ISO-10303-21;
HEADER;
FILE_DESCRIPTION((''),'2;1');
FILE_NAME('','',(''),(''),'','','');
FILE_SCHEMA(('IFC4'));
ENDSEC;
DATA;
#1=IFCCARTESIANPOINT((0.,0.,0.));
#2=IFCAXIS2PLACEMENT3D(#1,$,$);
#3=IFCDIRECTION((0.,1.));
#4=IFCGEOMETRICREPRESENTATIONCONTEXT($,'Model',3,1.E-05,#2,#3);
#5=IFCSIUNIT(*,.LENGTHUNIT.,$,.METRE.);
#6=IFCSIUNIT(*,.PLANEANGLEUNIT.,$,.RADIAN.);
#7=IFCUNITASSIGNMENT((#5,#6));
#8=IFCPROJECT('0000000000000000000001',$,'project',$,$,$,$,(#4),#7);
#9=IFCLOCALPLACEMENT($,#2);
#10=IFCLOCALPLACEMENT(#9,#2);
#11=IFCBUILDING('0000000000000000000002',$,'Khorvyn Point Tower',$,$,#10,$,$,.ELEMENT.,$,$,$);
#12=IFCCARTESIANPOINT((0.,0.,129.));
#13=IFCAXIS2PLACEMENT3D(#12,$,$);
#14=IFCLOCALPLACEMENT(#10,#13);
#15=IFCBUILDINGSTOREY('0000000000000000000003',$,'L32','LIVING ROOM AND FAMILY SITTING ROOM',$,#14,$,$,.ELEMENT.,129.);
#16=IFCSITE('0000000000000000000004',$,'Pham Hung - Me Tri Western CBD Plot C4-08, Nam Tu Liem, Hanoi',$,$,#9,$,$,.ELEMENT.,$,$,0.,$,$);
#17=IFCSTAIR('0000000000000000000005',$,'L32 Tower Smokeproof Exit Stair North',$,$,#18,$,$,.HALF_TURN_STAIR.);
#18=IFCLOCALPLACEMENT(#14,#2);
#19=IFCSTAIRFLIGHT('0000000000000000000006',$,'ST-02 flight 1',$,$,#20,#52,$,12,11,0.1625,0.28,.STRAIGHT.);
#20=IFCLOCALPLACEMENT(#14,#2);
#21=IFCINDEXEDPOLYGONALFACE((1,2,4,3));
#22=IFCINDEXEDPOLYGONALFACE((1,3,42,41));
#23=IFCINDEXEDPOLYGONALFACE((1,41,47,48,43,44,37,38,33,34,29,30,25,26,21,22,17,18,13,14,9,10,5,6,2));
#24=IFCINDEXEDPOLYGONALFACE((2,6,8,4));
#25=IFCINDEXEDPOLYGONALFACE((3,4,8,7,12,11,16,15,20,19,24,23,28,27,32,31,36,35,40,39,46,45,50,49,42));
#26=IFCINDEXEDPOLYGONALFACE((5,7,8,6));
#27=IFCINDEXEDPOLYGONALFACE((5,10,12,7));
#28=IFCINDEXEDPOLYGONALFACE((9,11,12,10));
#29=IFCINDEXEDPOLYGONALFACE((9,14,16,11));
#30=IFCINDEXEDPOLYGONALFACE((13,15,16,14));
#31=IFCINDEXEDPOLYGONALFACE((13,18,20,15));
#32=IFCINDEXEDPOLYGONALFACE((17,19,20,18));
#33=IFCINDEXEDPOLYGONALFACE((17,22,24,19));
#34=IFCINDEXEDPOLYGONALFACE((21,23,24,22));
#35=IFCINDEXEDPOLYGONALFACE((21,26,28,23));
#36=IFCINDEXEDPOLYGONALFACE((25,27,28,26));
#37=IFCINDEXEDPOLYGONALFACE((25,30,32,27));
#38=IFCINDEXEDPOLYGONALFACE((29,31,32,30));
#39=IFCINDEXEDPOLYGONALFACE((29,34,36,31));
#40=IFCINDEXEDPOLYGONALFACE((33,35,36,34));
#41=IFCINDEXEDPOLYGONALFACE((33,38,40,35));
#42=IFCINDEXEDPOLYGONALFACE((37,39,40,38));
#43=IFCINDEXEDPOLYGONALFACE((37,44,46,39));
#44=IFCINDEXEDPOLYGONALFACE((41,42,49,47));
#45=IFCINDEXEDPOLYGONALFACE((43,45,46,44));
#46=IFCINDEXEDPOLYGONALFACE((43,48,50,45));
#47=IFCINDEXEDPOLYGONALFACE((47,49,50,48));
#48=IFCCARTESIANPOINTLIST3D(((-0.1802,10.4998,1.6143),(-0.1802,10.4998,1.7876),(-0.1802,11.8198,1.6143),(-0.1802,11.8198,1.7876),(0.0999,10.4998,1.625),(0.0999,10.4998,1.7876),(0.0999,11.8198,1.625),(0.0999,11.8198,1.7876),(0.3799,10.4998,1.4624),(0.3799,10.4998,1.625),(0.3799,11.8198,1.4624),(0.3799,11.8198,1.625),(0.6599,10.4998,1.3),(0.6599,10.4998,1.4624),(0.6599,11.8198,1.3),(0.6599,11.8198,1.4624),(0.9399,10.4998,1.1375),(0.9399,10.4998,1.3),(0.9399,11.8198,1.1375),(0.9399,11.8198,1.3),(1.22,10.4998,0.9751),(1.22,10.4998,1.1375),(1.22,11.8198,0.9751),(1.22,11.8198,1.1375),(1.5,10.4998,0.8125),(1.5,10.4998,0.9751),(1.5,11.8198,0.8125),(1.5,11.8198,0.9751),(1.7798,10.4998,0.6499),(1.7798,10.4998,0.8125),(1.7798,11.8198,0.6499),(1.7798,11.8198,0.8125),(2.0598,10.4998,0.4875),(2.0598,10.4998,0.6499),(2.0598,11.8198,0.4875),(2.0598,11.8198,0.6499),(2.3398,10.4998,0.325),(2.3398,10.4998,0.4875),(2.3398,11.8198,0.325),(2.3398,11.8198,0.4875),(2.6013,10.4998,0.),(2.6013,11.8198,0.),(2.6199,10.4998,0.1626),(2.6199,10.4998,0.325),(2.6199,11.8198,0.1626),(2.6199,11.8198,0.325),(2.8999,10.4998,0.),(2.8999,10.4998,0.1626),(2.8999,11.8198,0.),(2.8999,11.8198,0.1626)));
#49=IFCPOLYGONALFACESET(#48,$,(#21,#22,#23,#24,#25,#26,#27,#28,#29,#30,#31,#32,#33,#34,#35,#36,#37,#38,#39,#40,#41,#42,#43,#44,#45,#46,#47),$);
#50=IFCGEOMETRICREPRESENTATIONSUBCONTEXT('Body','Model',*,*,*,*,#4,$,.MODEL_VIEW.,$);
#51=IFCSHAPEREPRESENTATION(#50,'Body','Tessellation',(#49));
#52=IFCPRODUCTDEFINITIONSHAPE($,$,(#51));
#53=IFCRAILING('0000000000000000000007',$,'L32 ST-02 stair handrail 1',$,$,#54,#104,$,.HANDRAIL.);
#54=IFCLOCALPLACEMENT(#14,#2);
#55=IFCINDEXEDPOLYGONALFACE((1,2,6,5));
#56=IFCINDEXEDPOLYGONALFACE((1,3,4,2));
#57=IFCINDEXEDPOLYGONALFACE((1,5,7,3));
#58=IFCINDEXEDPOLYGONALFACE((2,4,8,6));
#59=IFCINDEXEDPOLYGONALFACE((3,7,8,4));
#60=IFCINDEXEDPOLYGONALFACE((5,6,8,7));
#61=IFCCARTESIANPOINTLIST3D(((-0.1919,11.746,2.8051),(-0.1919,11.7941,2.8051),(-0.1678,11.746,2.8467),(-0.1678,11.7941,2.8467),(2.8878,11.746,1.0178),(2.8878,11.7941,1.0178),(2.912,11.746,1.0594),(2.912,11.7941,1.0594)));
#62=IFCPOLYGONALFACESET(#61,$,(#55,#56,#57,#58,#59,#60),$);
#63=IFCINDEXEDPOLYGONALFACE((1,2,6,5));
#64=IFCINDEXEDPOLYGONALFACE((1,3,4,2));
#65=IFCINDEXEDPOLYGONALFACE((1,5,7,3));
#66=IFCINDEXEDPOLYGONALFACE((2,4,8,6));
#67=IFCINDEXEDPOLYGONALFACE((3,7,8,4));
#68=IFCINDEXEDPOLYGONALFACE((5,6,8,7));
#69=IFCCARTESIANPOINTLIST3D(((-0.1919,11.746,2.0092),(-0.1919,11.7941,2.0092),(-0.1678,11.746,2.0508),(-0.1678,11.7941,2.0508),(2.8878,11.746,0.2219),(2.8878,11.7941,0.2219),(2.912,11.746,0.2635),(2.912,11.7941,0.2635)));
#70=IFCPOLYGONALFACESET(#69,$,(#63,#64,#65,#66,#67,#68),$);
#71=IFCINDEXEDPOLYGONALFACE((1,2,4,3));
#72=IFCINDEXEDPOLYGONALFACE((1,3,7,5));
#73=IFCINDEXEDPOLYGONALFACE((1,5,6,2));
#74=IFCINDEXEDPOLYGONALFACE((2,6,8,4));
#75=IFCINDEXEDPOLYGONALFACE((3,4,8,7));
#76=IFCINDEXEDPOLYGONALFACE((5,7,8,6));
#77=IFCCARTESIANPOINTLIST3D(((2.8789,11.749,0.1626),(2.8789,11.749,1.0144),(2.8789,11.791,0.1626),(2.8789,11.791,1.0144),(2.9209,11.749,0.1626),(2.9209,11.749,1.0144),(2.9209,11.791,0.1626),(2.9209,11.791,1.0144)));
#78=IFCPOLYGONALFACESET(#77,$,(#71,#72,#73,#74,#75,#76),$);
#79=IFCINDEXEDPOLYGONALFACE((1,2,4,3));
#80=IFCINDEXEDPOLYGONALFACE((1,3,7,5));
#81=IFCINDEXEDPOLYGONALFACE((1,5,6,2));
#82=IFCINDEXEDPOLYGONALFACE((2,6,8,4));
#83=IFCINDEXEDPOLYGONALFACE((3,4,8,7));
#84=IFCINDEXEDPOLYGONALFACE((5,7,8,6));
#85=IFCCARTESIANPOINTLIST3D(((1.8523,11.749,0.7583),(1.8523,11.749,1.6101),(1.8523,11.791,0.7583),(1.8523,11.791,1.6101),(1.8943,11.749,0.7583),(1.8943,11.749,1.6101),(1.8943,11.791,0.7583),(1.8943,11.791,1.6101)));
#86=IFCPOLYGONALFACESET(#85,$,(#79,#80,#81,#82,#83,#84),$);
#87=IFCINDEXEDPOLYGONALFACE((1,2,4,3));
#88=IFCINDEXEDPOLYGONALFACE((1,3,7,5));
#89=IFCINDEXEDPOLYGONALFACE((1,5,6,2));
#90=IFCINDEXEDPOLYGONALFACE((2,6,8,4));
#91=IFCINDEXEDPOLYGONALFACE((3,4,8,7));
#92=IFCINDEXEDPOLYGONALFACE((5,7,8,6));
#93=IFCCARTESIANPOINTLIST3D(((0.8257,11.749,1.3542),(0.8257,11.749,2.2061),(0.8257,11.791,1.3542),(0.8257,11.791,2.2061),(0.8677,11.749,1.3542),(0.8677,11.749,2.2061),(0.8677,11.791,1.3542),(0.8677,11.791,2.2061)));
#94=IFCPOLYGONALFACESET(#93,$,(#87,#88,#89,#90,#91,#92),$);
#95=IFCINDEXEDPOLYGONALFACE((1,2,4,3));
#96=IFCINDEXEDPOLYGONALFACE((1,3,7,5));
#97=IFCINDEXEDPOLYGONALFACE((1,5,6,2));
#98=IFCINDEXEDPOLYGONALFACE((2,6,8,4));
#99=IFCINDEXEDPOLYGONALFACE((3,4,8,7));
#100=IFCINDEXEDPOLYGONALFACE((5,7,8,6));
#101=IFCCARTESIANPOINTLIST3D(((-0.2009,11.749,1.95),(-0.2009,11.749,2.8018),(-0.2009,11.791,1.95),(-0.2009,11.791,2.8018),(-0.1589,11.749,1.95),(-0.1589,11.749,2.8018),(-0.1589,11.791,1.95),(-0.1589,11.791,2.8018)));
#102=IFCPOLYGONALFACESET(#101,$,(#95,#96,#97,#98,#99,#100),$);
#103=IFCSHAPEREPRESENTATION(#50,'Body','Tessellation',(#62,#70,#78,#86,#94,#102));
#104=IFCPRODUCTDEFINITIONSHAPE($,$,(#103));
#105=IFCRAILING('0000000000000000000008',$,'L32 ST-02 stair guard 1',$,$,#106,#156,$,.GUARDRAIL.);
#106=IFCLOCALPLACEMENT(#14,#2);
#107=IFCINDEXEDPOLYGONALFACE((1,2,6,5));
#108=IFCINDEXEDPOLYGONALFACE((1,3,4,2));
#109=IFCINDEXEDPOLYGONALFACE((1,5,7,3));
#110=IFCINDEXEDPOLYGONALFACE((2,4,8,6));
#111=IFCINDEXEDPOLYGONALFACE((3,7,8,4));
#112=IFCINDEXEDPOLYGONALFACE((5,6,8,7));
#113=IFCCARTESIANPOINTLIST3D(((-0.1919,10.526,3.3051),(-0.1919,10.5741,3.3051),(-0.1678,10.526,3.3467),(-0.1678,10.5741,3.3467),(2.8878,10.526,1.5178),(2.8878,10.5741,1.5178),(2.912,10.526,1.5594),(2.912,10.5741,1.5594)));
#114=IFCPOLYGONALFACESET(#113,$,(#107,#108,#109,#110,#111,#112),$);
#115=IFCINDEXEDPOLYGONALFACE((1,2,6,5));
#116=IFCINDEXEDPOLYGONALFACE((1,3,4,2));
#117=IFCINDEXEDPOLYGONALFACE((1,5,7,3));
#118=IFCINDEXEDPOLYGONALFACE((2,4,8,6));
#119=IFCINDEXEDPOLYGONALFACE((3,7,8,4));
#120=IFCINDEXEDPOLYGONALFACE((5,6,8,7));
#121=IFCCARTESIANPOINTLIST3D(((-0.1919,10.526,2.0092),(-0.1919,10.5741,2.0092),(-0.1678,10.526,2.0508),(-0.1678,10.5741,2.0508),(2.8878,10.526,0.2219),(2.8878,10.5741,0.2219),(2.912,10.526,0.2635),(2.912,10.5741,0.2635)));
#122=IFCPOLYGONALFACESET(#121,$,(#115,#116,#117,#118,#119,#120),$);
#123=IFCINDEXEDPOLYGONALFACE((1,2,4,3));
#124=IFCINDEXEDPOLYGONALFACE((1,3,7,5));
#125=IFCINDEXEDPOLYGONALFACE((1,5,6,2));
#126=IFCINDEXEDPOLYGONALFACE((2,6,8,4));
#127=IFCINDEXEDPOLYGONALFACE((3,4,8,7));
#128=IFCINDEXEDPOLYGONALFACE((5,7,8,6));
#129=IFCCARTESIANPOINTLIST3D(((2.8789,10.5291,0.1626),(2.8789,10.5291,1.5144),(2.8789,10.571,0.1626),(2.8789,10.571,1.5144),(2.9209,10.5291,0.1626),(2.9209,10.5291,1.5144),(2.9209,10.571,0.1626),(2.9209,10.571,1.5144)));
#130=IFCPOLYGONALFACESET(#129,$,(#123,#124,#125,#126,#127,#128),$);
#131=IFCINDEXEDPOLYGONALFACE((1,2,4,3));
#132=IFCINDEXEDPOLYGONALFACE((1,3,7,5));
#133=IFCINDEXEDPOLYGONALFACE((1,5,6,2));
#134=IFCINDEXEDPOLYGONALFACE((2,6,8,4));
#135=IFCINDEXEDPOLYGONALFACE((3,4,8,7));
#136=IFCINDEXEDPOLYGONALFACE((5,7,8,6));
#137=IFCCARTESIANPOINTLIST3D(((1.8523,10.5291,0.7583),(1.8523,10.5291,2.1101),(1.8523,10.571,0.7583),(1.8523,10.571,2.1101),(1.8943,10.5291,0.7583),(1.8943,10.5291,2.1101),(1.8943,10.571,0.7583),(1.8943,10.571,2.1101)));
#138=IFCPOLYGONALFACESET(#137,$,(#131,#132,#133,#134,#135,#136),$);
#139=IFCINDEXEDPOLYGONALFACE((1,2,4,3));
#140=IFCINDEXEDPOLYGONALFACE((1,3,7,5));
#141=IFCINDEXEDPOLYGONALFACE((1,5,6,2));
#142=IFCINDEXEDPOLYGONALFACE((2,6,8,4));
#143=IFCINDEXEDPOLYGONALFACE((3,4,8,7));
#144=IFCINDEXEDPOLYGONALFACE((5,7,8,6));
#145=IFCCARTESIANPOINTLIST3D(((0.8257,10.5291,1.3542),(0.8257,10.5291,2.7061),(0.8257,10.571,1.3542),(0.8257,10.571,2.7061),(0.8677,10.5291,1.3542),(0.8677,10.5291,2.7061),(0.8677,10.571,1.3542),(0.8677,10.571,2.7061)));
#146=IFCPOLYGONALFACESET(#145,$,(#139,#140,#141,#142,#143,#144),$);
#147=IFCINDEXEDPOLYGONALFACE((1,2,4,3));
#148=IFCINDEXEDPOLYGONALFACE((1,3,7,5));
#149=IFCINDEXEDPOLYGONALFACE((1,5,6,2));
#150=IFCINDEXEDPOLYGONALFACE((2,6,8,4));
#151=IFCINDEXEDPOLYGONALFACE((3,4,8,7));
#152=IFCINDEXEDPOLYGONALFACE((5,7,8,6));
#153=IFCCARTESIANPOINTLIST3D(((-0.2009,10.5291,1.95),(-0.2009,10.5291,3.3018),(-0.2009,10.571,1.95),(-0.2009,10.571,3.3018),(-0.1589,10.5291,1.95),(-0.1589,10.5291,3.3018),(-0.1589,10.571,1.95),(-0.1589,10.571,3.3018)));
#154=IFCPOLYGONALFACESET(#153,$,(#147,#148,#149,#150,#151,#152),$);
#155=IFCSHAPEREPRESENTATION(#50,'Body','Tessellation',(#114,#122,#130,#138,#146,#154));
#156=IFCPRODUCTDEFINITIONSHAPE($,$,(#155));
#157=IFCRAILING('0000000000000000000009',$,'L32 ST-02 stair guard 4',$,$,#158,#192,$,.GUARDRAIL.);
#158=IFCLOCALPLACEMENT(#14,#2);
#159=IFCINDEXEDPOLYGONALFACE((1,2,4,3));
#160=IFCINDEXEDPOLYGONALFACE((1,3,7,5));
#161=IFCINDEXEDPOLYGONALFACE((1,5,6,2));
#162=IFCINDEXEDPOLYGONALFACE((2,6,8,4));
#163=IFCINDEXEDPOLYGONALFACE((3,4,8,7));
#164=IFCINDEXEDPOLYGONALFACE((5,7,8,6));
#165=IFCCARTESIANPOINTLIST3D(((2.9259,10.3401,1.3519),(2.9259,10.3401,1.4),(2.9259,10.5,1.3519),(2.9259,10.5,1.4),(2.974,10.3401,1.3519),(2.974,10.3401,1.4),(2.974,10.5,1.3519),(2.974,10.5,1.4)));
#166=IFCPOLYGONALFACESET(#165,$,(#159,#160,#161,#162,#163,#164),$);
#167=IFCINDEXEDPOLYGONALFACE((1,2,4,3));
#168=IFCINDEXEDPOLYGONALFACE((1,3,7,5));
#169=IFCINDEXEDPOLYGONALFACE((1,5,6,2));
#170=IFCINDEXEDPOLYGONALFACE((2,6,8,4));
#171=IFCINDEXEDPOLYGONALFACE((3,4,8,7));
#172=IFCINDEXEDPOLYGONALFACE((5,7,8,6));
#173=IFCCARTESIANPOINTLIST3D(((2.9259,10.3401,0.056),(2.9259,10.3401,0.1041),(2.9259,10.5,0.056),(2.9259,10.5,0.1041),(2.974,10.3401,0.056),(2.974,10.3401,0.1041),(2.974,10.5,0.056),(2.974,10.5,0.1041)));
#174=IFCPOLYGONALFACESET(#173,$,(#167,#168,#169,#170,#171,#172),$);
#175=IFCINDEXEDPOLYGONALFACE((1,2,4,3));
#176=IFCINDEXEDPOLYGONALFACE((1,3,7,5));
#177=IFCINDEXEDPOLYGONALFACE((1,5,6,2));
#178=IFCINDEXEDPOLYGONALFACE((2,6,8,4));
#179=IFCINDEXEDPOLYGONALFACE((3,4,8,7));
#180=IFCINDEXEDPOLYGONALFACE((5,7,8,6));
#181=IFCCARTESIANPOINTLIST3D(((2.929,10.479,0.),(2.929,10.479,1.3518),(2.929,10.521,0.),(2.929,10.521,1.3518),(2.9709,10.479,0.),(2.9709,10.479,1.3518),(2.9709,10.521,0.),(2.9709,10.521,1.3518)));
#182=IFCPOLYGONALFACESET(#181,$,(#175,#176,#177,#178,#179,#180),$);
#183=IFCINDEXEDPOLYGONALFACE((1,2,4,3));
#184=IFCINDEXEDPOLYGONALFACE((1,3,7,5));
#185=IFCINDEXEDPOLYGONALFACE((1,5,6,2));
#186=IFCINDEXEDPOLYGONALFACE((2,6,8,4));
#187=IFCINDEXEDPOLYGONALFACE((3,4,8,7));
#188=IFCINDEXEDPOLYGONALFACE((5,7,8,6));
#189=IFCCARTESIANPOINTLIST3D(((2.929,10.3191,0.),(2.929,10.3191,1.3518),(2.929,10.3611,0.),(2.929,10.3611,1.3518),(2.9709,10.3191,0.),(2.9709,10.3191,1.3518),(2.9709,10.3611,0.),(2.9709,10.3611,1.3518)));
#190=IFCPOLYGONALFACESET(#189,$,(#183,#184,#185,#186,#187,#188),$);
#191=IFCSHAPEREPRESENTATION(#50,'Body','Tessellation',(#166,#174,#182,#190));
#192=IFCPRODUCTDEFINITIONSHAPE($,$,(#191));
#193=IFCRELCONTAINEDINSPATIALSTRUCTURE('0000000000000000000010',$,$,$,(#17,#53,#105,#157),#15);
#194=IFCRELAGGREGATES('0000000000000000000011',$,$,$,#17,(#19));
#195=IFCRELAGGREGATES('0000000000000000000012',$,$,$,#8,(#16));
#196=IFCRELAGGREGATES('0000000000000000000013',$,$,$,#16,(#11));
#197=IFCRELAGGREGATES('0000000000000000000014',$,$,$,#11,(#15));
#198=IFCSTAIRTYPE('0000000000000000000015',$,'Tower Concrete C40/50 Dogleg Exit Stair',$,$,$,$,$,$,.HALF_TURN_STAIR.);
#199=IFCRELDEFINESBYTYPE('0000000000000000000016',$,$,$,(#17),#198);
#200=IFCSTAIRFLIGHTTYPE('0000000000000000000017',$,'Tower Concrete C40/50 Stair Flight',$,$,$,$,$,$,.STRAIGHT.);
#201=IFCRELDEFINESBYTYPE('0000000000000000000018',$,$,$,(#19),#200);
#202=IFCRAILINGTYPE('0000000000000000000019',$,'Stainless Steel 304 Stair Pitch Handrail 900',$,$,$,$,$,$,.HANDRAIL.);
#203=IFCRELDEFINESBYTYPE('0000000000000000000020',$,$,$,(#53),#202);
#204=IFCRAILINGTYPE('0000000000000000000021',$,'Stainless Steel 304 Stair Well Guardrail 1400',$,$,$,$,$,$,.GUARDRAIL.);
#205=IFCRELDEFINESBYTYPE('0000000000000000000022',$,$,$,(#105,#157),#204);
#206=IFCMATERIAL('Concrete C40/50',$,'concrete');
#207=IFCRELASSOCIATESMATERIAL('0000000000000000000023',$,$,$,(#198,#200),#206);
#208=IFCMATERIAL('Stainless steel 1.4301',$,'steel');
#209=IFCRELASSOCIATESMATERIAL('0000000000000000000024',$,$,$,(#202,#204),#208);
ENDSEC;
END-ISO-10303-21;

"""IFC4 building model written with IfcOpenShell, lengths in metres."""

from ifc_helpers import new_model, si_unit, direction, frame, origin, origin_2d, place, context, subcontext, project, spatial, polyline, rectangle, outline, extrude, material, type_object, element, aggregate, save


model = new_model("IFC4")

# Units and contexts
model_context = context("Model", 3, precision=1e-05, world=origin(), true_north=direction((0.0, 1.0)))
body_context = subcontext(model_context, "Body", "Model", "MODEL_VIEW")
ifc_project = project(units=[si_unit("LENGTHUNIT", "METRE"), si_unit("PLANEANGLEUNIT", "RADIAN")], contexts=[model_context])

# Site, building, storey
site_placement = place(None, origin())
site = spatial("IfcSite", under=ifc_project, at=site_placement, Name="Pham Hung - Me Tri Western CBD Plot C4-08, Nam Tu Liem, Hanoi", CompositionType="ELEMENT", RefElevation=0.0)
building_placement = place(site_placement, origin())
building = spatial("IfcBuilding", under=site, at=building_placement, Name="Khorvyn Point Tower", CompositionType="ELEMENT")
storey_placement = place(building_placement, frame((0.0, 0.0, 129.0)))
storey = spatial("IfcBuildingStorey", under=building, at=storey_placement, Name="L32", Description="LIVING ROOM AND FAMILY SITTING ROOM", CompositionType="ELEMENT", Elevation=129.0)

# Shared definitions
ifc_material_1 = material(Name="Concrete C40/50", Category="concrete")

# Shared definitions
ifc_material_2 = material(Name="Stainless steel 1.4301", Category="steel")

# Stair, stair flight
stair_type = type_object("IfcStairType", Name="Tower Concrete C40/50 Dogleg Exit Stair", PredefinedType="HALF_TURN_STAIR", material=ifc_material_1)
stair_placement = place(storey_placement, origin())
stair = element("IfcStair", 1, at=stair_placement, inside=storey, type_object=stair_type, Name="L32 Tower Smokeproof Exit Stair North", PredefinedType="HALF_TURN_STAIR")
stair_flight_type = type_object("IfcStairFlightType", Name="Tower Concrete C40/50 Stair Flight", PredefinedType="STRAIGHT", material=ifc_material_1)
stair_flight_placement = place(storey_placement, frame((2.8999, 11.1599, 0.0), z_axis=(0.0, 0.0, 1.0), x_axis=(-1.0, 0.0, 0.0)))
stair_flight = element("IfcStairFlight", 2, at=stair_flight_placement, type_object=stair_flight_type, Name="ST-02 flight 1", NumberOfRisers=12, NumberOfTreads=11, PredefinedType="STRAIGHT", RiserHeight=0.1625, TreadLength=0.28, context=body_context, shape_type="SweptSolid", body=[
    extrude(outline(polyline([(0.0, 0.0), (0.0, 0.1626), (0.28, 0.1626), (0.28, 0.325), (0.5601, 0.325), (0.5601, 0.4875), (0.8401, 0.4875), (0.8401, 0.6499), (1.1201, 0.6499), (1.1201, 0.8125), (1.3999, 0.8125), (1.3999, 0.9751), (1.6799, 0.9751), (1.6799, 1.1375), (1.96, 1.1375), (1.96, 1.3), (2.24, 1.3), (2.24, 1.4624), (2.52, 1.4624), (2.52, 1.625), (2.8, 1.625), (2.8, 1.7876), (3.0801, 1.7876), (3.0801, 1.95), (3.0801, 1.6143), (0.2986, 0.0), (0.0, 0.0)])), frame((0.0, 0.6602, 0.0), z_axis=(0.0, -1.0, 0.0), x_axis=(1.0, 0.0, 0.0)), (0.0, 0.0, 1.0), 1.3201),
])
aggregate(stair, [stair_flight])

# Railings
railing_type_1 = type_object("IfcRailingType", Name="Stainless Steel 304 Stair Pitch Handrail 900", PredefinedType="HANDRAIL", material=ifc_material_2)
railing_1_placement = place(storey_placement, frame((2.8999, 11.77, 0.1626)))
element("IfcRailing", 3, at=railing_1_placement, inside=storey, type_object=railing_type_1, Name="L32 ST-02 stair handrail 1", PredefinedType="HANDRAIL", context=body_context, shape_type="SweptSolid", body=[
    extrude(rectangle(XDim=0.0481, YDim=0.0481, at=origin_2d()), frame((0.0, 0.0, 0.876), z_axis=(-0.864903, 0.0, 0.501939), x_axis=(0.0, -1.0, 0.0)), (0.0, 0.0, 1.0), 3.5608),
    extrude(rectangle(XDim=0.0481, YDim=0.0481, at=origin_2d()), frame((0.0, 0.0, 0.0801), z_axis=(-0.864903, 0.0, 0.501939), x_axis=(0.0, -1.0, 0.0)), (0.0, 0.0, 1.0), 3.5608),
    extrude(rectangle(XDim=0.042, YDim=0.042, at=origin_2d()), origin(), (0.0, 0.0, 1.0), 0.8518),
    extrude(rectangle(XDim=0.042, YDim=0.042, at=origin_2d()), frame((-1.0266, 0.0, 0.5957)), (0.0, 0.0, 1.0), 0.8518),
    extrude(rectangle(XDim=0.042, YDim=0.042, at=origin_2d()), frame((-2.0532, 0.0, 1.1917)), (0.0, 0.0, 1.0), 0.8518),
    extrude(rectangle(XDim=0.042, YDim=0.042, at=origin_2d()), frame((-3.0798, 0.0, 1.7874)), (0.0, 0.0, 1.0), 0.8518),
])
railing_type_2 = type_object("IfcRailingType", Name="Stainless Steel 304 Stair Well Guardrail 1400", PredefinedType="GUARDRAIL", material=ifc_material_2)
railing_2_placement = place(storey_placement, frame((2.8999, 10.55, 0.1626)))
element("IfcRailing", 4, at=railing_2_placement, inside=storey, type_object=railing_type_2, Name="L32 ST-02 stair guard 1", PredefinedType="GUARDRAIL", context=body_context, shape_type="SweptSolid", body=[
    extrude(rectangle(XDim=0.0481, YDim=0.0481, at=origin_2d()), frame((0.0, 0.0, 1.376), z_axis=(-0.864903, 0.0, 0.501939), x_axis=(0.0, -1.0, 0.0)), (0.0, 0.0, 1.0), 3.5608),
    extrude(rectangle(XDim=0.0481, YDim=0.0481, at=origin_2d()), frame((0.0, 0.0, 0.0801), z_axis=(-0.864903, 0.0, 0.501939), x_axis=(0.0, -1.0, 0.0)), (0.0, 0.0, 1.0), 3.5608),
    extrude(rectangle(XDim=0.042, YDim=0.042, at=origin_2d()), origin(), (0.0, 0.0, 1.0), 1.3518),
    extrude(rectangle(XDim=0.042, YDim=0.042, at=origin_2d()), frame((-1.0266, 0.0, 0.5957)), (0.0, 0.0, 1.0), 1.3518),
    extrude(rectangle(XDim=0.042, YDim=0.042, at=origin_2d()), frame((-2.0532, 0.0, 1.1917)), (0.0, 0.0, 1.0), 1.3518),
    extrude(rectangle(XDim=0.042, YDim=0.042, at=origin_2d()), frame((-3.0798, 0.0, 1.7874)), (0.0, 0.0, 1.0), 1.3518),
])
railing_3_placement = place(storey_placement, frame((2.95, 10.5, 0.0)))
element("IfcRailing", 5, at=railing_3_placement, inside=storey, type_object=railing_type_2, Name="L32 ST-02 stair guard 4", PredefinedType="GUARDRAIL", context=body_context, shape_type="SweptSolid", body=[
    extrude(rectangle(XDim=0.0481, YDim=0.0481, at=origin_2d()), frame((0.0, 0.0, 1.376), z_axis=(0.0, -1.0, 0.0), x_axis=(1.0, 0.0, 0.0)), (0.0, 0.0, 1.0), 0.1599),
    extrude(rectangle(XDim=0.0481, YDim=0.0481, at=origin_2d()), frame((0.0, 0.0, 0.0801), z_axis=(0.0, -1.0, 0.0), x_axis=(1.0, 0.0, 0.0)), (0.0, 0.0, 1.0), 0.1599),
    extrude(rectangle(XDim=0.042, YDim=0.042, at=origin_2d()), origin(), (0.0, 0.0, 1.0), 1.3518),
    extrude(rectangle(XDim=0.042, YDim=0.042, at=origin_2d()), frame((0.0, -0.1599, 0.0)), (0.0, 0.0, 1.0), 1.3518),
])

save(model, "model.ifc")
